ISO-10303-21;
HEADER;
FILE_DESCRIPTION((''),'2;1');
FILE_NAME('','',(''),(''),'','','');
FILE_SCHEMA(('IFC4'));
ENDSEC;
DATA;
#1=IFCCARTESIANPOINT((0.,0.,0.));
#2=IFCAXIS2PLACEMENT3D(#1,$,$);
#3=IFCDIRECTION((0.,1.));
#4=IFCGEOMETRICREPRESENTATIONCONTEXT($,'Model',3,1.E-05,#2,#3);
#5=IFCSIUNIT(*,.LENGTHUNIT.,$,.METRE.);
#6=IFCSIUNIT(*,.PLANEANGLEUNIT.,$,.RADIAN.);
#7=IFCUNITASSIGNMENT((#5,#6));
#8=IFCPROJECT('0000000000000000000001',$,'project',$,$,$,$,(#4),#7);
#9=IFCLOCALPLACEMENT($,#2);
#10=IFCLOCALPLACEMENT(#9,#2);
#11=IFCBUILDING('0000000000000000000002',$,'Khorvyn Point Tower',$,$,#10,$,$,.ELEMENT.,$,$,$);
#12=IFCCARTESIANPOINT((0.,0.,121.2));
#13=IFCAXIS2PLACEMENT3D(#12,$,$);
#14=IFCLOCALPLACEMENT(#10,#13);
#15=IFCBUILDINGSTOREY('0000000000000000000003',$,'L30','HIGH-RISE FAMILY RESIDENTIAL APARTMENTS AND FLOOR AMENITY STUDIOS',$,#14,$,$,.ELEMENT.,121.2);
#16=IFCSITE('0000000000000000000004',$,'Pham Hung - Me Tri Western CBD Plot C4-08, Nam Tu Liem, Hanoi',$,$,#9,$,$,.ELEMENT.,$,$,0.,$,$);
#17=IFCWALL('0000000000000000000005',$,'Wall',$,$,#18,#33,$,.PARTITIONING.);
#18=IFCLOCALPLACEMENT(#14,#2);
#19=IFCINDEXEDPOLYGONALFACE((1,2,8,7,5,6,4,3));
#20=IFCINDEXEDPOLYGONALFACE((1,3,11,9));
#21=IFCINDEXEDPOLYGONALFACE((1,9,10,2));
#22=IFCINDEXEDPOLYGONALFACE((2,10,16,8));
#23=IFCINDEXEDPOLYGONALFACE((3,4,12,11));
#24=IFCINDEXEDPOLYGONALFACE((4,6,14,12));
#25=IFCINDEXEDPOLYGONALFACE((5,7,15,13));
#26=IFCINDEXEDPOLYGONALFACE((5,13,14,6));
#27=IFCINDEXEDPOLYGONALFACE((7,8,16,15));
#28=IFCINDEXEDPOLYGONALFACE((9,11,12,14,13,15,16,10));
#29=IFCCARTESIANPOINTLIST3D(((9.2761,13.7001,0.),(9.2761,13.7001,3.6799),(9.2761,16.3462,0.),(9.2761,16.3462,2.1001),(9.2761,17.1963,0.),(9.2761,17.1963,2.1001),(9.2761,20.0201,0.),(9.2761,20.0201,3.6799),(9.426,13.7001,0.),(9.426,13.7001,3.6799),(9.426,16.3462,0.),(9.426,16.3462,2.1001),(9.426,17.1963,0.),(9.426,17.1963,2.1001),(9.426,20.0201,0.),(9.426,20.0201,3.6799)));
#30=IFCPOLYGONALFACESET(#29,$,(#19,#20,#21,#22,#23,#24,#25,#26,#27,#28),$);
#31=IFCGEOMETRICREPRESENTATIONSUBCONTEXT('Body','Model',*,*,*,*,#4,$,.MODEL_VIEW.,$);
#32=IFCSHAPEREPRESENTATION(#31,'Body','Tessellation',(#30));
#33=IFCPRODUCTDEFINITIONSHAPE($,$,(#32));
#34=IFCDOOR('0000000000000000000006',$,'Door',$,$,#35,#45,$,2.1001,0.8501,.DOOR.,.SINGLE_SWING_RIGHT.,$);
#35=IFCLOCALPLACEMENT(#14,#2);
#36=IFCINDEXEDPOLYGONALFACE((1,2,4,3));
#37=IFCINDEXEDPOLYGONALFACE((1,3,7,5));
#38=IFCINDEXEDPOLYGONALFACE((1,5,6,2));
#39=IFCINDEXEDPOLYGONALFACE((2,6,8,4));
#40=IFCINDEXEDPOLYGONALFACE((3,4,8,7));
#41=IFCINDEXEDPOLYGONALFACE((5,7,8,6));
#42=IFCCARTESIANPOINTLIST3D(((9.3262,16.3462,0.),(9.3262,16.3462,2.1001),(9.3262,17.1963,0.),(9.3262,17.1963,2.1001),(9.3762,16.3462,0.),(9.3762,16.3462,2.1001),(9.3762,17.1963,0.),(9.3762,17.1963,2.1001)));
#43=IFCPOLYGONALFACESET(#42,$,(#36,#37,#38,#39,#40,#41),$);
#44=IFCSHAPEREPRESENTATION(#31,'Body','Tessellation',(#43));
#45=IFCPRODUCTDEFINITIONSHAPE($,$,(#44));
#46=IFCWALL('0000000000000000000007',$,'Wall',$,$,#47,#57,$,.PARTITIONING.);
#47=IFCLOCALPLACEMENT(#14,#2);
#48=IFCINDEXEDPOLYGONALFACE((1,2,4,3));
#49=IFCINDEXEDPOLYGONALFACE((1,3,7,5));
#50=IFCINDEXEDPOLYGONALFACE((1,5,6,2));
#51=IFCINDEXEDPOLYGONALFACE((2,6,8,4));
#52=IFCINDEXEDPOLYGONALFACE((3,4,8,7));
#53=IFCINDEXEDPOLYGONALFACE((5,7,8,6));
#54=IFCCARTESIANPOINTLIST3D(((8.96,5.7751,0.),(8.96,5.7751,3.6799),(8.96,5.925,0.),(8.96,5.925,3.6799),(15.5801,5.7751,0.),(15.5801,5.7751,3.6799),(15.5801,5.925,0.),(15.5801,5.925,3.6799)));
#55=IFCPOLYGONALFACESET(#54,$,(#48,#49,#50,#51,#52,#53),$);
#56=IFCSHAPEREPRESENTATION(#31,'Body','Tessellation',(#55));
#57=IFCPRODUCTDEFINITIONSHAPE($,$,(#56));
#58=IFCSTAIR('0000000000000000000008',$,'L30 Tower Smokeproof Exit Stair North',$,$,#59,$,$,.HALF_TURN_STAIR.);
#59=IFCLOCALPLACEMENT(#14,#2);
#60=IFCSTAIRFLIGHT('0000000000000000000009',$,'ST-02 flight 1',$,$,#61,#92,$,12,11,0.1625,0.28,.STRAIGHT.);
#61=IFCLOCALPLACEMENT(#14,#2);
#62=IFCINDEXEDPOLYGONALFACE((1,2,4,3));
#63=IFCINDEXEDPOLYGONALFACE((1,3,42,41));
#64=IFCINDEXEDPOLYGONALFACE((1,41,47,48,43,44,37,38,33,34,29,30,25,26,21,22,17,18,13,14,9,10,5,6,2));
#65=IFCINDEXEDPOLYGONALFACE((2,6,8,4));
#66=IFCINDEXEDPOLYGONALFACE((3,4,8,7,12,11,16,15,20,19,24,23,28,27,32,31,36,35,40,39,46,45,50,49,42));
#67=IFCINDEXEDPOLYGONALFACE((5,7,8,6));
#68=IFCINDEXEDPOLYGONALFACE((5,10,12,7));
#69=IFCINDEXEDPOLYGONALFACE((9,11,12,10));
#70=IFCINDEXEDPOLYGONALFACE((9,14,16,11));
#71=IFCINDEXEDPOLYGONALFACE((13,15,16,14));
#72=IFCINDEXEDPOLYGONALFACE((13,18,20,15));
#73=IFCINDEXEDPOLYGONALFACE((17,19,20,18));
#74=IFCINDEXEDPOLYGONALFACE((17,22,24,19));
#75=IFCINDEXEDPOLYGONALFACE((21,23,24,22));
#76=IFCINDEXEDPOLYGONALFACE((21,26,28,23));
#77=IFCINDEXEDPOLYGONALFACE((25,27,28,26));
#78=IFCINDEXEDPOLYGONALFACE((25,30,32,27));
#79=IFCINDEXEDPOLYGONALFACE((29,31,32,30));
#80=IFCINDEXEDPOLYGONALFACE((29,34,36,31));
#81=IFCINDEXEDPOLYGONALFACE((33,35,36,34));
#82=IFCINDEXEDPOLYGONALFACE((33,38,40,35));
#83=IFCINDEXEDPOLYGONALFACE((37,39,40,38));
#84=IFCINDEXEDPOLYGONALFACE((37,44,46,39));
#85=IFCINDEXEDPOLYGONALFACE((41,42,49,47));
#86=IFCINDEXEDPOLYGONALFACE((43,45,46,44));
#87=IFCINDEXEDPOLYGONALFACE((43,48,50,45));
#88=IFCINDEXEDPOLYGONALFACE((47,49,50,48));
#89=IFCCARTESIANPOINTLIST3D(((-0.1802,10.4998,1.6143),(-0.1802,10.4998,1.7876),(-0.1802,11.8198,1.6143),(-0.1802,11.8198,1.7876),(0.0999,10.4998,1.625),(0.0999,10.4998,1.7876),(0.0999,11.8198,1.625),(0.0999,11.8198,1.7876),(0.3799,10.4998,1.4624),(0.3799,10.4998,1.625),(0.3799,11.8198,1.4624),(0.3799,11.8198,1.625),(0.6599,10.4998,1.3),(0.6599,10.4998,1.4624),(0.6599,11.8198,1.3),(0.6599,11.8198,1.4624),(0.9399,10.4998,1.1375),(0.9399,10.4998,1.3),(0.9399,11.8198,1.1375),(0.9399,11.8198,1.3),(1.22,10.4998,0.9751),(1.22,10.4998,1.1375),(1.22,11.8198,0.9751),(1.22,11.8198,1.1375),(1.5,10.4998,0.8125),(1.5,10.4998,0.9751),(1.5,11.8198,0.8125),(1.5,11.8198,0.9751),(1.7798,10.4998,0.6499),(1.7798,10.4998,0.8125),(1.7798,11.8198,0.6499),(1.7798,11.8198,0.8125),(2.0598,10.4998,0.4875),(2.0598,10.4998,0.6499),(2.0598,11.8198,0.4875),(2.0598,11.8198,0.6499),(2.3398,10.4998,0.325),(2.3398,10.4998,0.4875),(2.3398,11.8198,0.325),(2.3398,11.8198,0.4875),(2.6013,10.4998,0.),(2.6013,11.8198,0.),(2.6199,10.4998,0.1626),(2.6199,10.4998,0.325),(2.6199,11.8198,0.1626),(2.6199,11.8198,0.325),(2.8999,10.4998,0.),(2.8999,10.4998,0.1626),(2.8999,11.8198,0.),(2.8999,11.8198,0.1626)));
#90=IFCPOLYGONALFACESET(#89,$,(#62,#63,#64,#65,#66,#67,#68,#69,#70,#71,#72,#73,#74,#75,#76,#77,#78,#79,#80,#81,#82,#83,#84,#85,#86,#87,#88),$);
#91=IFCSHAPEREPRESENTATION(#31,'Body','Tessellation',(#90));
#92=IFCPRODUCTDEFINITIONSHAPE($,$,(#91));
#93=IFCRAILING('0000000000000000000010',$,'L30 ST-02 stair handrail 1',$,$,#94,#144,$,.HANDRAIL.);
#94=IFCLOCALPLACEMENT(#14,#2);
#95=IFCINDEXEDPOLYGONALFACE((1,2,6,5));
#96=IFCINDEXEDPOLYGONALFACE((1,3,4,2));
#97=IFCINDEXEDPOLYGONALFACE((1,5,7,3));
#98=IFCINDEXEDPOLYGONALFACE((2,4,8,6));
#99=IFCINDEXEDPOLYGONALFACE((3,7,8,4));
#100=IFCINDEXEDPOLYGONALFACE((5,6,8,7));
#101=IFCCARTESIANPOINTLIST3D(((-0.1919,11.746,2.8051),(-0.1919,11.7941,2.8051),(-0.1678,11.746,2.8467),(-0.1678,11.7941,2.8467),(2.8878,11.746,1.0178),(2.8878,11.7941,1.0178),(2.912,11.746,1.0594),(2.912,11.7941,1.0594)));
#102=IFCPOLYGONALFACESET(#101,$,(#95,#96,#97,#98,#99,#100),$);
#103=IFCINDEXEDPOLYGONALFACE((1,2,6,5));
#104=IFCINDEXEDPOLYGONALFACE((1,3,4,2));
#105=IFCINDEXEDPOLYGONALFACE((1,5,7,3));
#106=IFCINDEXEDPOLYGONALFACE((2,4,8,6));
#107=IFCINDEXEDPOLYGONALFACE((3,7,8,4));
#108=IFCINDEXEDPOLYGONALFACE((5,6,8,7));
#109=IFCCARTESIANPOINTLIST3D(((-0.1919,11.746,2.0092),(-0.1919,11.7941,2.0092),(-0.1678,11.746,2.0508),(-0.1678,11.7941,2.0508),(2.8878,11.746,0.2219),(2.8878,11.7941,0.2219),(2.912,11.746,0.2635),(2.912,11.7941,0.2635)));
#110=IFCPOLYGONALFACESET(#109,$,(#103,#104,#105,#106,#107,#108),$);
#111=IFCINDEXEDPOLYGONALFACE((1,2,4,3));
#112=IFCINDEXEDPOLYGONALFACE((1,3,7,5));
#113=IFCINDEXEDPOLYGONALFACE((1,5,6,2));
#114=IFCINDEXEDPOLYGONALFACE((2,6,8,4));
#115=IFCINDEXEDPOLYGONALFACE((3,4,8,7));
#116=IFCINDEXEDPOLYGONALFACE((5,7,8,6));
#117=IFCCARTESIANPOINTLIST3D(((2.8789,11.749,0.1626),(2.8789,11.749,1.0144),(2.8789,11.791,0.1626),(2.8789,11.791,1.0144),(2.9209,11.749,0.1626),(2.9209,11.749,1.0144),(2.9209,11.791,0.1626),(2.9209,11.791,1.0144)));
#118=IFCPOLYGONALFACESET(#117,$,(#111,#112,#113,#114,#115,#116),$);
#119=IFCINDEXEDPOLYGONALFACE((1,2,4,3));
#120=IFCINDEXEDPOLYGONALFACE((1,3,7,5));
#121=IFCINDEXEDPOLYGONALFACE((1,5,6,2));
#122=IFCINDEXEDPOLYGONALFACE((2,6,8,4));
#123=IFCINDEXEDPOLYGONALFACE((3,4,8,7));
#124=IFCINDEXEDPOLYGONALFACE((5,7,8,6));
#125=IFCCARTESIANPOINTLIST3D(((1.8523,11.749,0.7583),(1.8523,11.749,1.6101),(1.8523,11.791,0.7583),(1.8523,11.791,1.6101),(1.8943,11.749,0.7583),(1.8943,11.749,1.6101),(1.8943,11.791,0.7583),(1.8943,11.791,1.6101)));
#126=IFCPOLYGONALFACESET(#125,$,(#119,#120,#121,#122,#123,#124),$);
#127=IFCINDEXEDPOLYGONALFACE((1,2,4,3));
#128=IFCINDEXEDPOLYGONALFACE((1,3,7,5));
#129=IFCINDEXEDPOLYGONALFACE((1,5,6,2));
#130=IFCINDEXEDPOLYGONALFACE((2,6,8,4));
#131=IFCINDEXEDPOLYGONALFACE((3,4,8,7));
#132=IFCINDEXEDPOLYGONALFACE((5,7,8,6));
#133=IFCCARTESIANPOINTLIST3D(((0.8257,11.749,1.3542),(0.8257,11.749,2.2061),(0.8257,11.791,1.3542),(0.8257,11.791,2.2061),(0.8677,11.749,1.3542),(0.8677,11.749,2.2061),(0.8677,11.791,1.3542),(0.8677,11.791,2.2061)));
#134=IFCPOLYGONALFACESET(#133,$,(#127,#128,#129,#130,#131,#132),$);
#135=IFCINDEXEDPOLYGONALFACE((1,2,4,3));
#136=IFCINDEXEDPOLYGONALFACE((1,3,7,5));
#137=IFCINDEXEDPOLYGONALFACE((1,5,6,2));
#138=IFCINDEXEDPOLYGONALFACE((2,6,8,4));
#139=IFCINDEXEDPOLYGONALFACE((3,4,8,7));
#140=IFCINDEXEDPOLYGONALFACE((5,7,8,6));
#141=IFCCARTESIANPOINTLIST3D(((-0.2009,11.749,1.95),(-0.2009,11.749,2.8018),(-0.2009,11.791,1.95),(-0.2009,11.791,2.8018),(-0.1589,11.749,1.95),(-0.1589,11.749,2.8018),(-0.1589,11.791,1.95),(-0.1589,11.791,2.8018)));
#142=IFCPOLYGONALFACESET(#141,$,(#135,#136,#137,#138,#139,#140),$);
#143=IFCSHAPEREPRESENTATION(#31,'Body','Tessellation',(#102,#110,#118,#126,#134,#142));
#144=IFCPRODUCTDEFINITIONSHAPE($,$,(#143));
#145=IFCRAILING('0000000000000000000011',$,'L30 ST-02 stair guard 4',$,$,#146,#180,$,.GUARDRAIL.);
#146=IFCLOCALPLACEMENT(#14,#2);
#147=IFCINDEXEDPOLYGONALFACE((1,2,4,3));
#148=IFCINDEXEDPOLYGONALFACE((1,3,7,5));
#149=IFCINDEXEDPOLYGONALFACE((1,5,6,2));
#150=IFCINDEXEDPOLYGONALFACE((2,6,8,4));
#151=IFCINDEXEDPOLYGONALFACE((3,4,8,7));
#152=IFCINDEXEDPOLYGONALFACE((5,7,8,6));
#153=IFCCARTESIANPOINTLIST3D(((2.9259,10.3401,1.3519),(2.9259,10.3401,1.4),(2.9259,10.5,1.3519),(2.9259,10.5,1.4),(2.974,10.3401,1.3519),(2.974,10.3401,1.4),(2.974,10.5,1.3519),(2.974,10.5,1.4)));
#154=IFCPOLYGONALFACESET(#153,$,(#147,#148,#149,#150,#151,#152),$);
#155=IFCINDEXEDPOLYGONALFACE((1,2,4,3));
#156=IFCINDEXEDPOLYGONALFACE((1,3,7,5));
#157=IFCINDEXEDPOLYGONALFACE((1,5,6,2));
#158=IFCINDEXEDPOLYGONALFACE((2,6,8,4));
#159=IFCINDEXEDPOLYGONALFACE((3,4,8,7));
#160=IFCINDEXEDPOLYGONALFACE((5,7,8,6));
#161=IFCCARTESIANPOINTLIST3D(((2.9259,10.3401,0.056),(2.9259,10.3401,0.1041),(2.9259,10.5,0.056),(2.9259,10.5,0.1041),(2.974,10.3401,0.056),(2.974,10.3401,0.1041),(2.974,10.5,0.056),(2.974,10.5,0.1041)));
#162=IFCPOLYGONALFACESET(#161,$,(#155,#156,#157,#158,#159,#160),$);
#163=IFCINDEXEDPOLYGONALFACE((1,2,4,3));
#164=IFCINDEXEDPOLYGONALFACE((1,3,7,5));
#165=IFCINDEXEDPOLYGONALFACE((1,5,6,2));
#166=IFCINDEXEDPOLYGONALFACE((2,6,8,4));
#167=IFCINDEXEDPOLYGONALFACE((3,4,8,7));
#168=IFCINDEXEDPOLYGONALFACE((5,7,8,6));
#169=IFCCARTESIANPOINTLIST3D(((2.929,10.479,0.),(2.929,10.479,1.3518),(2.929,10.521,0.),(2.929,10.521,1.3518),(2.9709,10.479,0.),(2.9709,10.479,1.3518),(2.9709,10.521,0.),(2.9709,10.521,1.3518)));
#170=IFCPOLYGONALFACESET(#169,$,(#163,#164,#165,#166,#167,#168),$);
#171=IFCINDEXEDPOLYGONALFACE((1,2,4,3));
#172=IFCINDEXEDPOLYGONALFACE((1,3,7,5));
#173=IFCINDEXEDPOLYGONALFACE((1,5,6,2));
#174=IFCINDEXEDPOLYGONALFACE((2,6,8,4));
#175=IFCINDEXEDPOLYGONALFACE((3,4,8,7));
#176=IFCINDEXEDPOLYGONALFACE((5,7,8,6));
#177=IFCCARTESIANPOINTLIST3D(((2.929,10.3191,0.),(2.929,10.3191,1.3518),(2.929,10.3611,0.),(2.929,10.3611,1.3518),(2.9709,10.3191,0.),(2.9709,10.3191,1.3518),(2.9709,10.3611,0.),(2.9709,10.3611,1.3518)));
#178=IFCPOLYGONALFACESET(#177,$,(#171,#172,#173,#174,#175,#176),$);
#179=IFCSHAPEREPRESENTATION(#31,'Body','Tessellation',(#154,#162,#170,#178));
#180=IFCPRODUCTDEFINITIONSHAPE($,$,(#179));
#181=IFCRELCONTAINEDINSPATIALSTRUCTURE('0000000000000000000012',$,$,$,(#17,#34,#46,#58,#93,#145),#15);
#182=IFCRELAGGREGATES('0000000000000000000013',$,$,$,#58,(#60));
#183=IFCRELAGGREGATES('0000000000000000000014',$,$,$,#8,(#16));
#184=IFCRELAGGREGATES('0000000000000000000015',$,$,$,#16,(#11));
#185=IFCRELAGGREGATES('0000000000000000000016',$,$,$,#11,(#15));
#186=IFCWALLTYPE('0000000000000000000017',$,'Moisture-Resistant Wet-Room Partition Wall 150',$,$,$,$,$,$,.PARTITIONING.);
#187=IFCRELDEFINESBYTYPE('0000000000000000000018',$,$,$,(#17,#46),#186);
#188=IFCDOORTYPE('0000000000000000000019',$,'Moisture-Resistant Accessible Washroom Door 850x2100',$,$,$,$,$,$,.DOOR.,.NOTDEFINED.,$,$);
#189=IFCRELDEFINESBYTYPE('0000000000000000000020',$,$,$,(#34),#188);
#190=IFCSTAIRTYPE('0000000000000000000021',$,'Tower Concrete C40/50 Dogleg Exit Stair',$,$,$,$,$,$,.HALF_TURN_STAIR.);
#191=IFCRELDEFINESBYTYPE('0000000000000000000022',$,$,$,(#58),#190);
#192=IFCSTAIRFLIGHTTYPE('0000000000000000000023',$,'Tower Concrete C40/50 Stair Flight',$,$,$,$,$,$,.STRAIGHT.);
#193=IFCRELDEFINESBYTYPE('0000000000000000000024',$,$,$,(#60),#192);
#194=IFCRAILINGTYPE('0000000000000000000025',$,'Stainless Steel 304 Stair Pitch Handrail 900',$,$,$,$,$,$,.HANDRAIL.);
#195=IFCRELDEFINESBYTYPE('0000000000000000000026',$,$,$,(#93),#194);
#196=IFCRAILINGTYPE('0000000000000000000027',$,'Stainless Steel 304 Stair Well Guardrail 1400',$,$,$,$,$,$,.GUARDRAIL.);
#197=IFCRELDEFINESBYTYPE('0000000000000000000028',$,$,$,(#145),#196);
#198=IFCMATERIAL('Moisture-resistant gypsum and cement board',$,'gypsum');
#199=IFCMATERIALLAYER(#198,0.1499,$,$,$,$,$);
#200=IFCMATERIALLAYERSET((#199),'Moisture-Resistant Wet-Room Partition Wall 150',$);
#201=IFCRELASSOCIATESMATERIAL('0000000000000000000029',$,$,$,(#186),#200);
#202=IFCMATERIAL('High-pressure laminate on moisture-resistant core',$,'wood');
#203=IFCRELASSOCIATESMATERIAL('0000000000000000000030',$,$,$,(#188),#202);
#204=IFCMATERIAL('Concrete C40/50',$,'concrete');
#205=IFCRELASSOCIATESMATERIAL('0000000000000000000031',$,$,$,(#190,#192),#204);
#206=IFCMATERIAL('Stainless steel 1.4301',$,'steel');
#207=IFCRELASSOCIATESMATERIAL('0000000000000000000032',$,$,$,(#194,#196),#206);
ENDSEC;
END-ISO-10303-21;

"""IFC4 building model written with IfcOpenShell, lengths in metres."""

from ifc_helpers import new_model, si_unit, direction, frame, frame_2d, origin, origin_2d, place, context, subcontext, project, spatial, polyline, rectangle, outline, extrude, material, layer, layer_set, type_object, element, fill, aggregate, save


model = new_model("IFC4")

# Units and contexts
model_context = context("Model", 3, precision=1e-05, world=origin(), true_north=direction((0.0, 1.0)))
body_context = subcontext(model_context, "Body", "Model", "MODEL_VIEW")
ifc_project = project(units=[si_unit("LENGTHUNIT", "METRE"), si_unit("PLANEANGLEUNIT", "RADIAN")], contexts=[model_context])

# Site, building, storey
site_placement = place(None, origin())
site = spatial("IfcSite", under=ifc_project, at=site_placement, Name="Pham Hung - Me Tri Western CBD Plot C4-08, Nam Tu Liem, Hanoi", CompositionType="ELEMENT", RefElevation=0.0)
building_placement = place(site_placement, origin())
building = spatial("IfcBuilding", under=site, at=building_placement, Name="Khorvyn Point Tower", CompositionType="ELEMENT")
storey_placement = place(building_placement, frame((0.0, 0.0, 121.2)))
storey = spatial("IfcBuildingStorey", under=building, at=storey_placement, Name="L30", Description="HIGH-RISE FAMILY RESIDENTIAL APARTMENTS AND FLOOR AMENITY STUDIOS", CompositionType="ELEMENT", Elevation=121.2)

# Shared definitions
ifc_material_1 = material(Name="Concrete C40/50", Category="concrete")

# Shared definitions
ifc_material_2 = material(Name="Stainless steel 1.4301", Category="steel")

# Wall, opening, door
ifc_material_3 = material(Name="Moisture-resistant gypsum and cement board", Category="gypsum")
ifc_layer_1 = layer(ifc_material_3, 0.1499)
ifc_layer_set_1 = layer_set([ifc_layer_1], Name="Moisture-Resistant Wet-Room Partition Wall 150")
wall_type_1 = type_object("IfcWallType", Name="Moisture-Resistant Wet-Room Partition Wall 150", PredefinedType="PARTITIONING", material=ifc_layer_set_1)
wall_1_placement = place(storey_placement, frame((9.3511, 13.7, 0.0), z_axis=(0.0, 0.0, 1.0), x_axis=(0.0, 1.0, 0.0)))
wall_1 = element("IfcWall", 1, at=wall_1_placement, inside=storey, type_object=wall_type_1, Name="Wall", PredefinedType="PARTITIONING", context=body_context, shape_type="SweptSolid", body=[
    extrude(rectangle(XDim=6.3201, YDim=0.1499, at=frame_2d((3.1602, 0.0))), origin(), (0.0, 0.0, 1.0), 3.6799),
])
opening_1_placement = place(wall_1_placement, frame((2.6462, 0.0, 0.0)))
opening_1 = element("IfcOpeningElement", 2, at=opening_1_placement, cuts=wall_1, PredefinedType="OPENING", context=body_context, shape_type="SweptSolid", body=[
    extrude(rectangle(XDim=0.8501, YDim=2.1001, at=frame_2d((0.425, 1.05))), frame((0.0, 0.085, 0.0), z_axis=(0.0, -1.0, 0.0), x_axis=(1.0, 0.0, 0.0)), (0.0, 0.0, 1.0), 0.1699),
])
ifc_material_4 = material(Name="High-pressure laminate on moisture-resistant core", Category="wood")
door_type_1 = type_object("IfcDoorType", Name="Moisture-Resistant Accessible Washroom Door 850x2100", OperationType="NOTDEFINED", PredefinedType="DOOR", material=ifc_material_4)
door_1_placement = place(opening_1_placement, origin())
door_1 = element("IfcDoor", 3, at=door_1_placement, inside=storey, type_object=door_type_1, Name="Door", OperationType="SINGLE_SWING_RIGHT", OverallHeight=2.1001, OverallWidth=0.8501, PredefinedType="DOOR", context=body_context, shape_type="SweptSolid", body=[
    extrude(rectangle(XDim=0.8501, YDim=2.1001, at=frame_2d((0.425, 1.05))), frame((0.0, 0.0249, 0.0), z_axis=(0.0, -1.0, 0.0), x_axis=(1.0, 0.0, 0.0)), (0.0, 0.0, 1.0), 0.05),
])
fill(opening_1, door_1)

# Wall
wall_2_placement = place(storey_placement, frame((8.96, 5.8501, 0.0), z_axis=(0.0, 0.0, 1.0), x_axis=(1.0, 0.0, 0.0)))
element("IfcWall", 4, at=wall_2_placement, inside=storey, type_object=wall_type_1, Name="Wall", PredefinedType="PARTITIONING", context=body_context, shape_type="SweptSolid", body=[
    extrude(rectangle(XDim=6.6201, YDim=0.1499, at=frame_2d((3.3101, 0.0))), origin(), (0.0, 0.0, 1.0), 3.6799),
])

# Stair, stair flight
stair_type = type_object("IfcStairType", Name="Tower Concrete C40/50 Dogleg Exit Stair", PredefinedType="HALF_TURN_STAIR", material=ifc_material_1)
stair_placement = place(storey_placement, origin())
stair = element("IfcStair", 5, at=stair_placement, inside=storey, type_object=stair_type, Name="L30 Tower Smokeproof Exit Stair North", PredefinedType="HALF_TURN_STAIR")
stair_flight_type = type_object("IfcStairFlightType", Name="Tower Concrete C40/50 Stair Flight", PredefinedType="STRAIGHT", material=ifc_material_1)
stair_flight_placement = place(storey_placement, frame((2.8999, 11.1599, 0.0), z_axis=(0.0, 0.0, 1.0), x_axis=(-1.0, 0.0, 0.0)))
stair_flight = element("IfcStairFlight", 6, at=stair_flight_placement, type_object=stair_flight_type, Name="ST-02 flight 1", NumberOfRisers=12, NumberOfTreads=11, PredefinedType="STRAIGHT", RiserHeight=0.1625, TreadLength=0.28, context=body_context, shape_type="SweptSolid", body=[
    extrude(outline(polyline([(0.0, 0.0), (0.0, 0.1626), (0.28, 0.1626), (0.28, 0.325), (0.5601, 0.325), (0.5601, 0.4875), (0.8401, 0.4875), (0.8401, 0.6499), (1.1201, 0.6499), (1.1201, 0.8125), (1.3999, 0.8125), (1.3999, 0.9751), (1.6799, 0.9751), (1.6799, 1.1375), (1.96, 1.1375), (1.96, 1.3), (2.24, 1.3), (2.24, 1.4624), (2.52, 1.4624), (2.52, 1.625), (2.8, 1.625), (2.8, 1.7876), (3.0801, 1.7876), (3.0801, 1.95), (3.0801, 1.6143), (0.2986, 0.0), (0.0, 0.0)])), frame((0.0, 0.6602, 0.0), z_axis=(0.0, -1.0, 0.0), x_axis=(1.0, 0.0, 0.0)), (0.0, 0.0, 1.0), 1.3201),
])
aggregate(stair, [stair_flight])

# Railings
railing_type_1 = type_object("IfcRailingType", Name="Stainless Steel 304 Stair Pitch Handrail 900", PredefinedType="HANDRAIL", material=ifc_material_2)
railing_1_placement = place(storey_placement, frame((2.8999, 11.77, 0.1626)))
element("IfcRailing", 7, at=railing_1_placement, inside=storey, type_object=railing_type_1, Name="L30 ST-02 stair handrail 1", PredefinedType="HANDRAIL", context=body_context, shape_type="SweptSolid", body=[
    extrude(rectangle(XDim=0.0481, YDim=0.0481, at=origin_2d()), frame((0.0, 0.0, 0.876), z_axis=(-0.864903, 0.0, 0.501939), x_axis=(0.0, -1.0, 0.0)), (0.0, 0.0, 1.0), 3.5608),
    extrude(rectangle(XDim=0.0481, YDim=0.0481, at=origin_2d()), frame((0.0, 0.0, 0.0801), z_axis=(-0.864903, 0.0, 0.501939), x_axis=(0.0, -1.0, 0.0)), (0.0, 0.0, 1.0), 3.5608),
    extrude(rectangle(XDim=0.042, YDim=0.042, at=origin_2d()), origin(), (0.0, 0.0, 1.0), 0.8518),
    extrude(rectangle(XDim=0.042, YDim=0.042, at=origin_2d()), frame((-1.0266, 0.0, 0.5957)), (0.0, 0.0, 1.0), 0.8518),
    extrude(rectangle(XDim=0.042, YDim=0.042, at=origin_2d()), frame((-2.0532, 0.0, 1.1917)), (0.0, 0.0, 1.0), 0.8518),
    extrude(rectangle(XDim=0.042, YDim=0.042, at=origin_2d()), frame((-3.0798, 0.0, 1.7874)), (0.0, 0.0, 1.0), 0.8518),
])
railing_type_2 = type_object("IfcRailingType", Name="Stainless Steel 304 Stair Well Guardrail 1400", PredefinedType="GUARDRAIL", material=ifc_material_2)
railing_2_placement = place(storey_placement, frame((2.95, 10.5, 0.0)))
element("IfcRailing", 8, at=railing_2_placement, inside=storey, type_object=railing_type_2, Name="L30 ST-02 stair guard 4", PredefinedType="GUARDRAIL", context=body_context, shape_type="SweptSolid", body=[
    extrude(rectangle(XDim=0.0481, YDim=0.0481, at=origin_2d()), frame((0.0, 0.0, 1.376), z_axis=(0.0, -1.0, 0.0), x_axis=(1.0, 0.0, 0.0)), (0.0, 0.0, 1.0), 0.1599),
    extrude(rectangle(XDim=0.0481, YDim=0.0481, at=origin_2d()), frame((0.0, 0.0, 0.0801), z_axis=(0.0, -1.0, 0.0), x_axis=(1.0, 0.0, 0.0)), (0.0, 0.0, 1.0), 0.1599),
    extrude(rectangle(XDim=0.042, YDim=0.042, at=origin_2d()), origin(), (0.0, 0.0, 1.0), 1.3518),
    extrude(rectangle(XDim=0.042, YDim=0.042, at=origin_2d()), frame((0.0, -0.1599, 0.0)), (0.0, 0.0, 1.0), 1.3518),
])

save(model, "model.ifc")
